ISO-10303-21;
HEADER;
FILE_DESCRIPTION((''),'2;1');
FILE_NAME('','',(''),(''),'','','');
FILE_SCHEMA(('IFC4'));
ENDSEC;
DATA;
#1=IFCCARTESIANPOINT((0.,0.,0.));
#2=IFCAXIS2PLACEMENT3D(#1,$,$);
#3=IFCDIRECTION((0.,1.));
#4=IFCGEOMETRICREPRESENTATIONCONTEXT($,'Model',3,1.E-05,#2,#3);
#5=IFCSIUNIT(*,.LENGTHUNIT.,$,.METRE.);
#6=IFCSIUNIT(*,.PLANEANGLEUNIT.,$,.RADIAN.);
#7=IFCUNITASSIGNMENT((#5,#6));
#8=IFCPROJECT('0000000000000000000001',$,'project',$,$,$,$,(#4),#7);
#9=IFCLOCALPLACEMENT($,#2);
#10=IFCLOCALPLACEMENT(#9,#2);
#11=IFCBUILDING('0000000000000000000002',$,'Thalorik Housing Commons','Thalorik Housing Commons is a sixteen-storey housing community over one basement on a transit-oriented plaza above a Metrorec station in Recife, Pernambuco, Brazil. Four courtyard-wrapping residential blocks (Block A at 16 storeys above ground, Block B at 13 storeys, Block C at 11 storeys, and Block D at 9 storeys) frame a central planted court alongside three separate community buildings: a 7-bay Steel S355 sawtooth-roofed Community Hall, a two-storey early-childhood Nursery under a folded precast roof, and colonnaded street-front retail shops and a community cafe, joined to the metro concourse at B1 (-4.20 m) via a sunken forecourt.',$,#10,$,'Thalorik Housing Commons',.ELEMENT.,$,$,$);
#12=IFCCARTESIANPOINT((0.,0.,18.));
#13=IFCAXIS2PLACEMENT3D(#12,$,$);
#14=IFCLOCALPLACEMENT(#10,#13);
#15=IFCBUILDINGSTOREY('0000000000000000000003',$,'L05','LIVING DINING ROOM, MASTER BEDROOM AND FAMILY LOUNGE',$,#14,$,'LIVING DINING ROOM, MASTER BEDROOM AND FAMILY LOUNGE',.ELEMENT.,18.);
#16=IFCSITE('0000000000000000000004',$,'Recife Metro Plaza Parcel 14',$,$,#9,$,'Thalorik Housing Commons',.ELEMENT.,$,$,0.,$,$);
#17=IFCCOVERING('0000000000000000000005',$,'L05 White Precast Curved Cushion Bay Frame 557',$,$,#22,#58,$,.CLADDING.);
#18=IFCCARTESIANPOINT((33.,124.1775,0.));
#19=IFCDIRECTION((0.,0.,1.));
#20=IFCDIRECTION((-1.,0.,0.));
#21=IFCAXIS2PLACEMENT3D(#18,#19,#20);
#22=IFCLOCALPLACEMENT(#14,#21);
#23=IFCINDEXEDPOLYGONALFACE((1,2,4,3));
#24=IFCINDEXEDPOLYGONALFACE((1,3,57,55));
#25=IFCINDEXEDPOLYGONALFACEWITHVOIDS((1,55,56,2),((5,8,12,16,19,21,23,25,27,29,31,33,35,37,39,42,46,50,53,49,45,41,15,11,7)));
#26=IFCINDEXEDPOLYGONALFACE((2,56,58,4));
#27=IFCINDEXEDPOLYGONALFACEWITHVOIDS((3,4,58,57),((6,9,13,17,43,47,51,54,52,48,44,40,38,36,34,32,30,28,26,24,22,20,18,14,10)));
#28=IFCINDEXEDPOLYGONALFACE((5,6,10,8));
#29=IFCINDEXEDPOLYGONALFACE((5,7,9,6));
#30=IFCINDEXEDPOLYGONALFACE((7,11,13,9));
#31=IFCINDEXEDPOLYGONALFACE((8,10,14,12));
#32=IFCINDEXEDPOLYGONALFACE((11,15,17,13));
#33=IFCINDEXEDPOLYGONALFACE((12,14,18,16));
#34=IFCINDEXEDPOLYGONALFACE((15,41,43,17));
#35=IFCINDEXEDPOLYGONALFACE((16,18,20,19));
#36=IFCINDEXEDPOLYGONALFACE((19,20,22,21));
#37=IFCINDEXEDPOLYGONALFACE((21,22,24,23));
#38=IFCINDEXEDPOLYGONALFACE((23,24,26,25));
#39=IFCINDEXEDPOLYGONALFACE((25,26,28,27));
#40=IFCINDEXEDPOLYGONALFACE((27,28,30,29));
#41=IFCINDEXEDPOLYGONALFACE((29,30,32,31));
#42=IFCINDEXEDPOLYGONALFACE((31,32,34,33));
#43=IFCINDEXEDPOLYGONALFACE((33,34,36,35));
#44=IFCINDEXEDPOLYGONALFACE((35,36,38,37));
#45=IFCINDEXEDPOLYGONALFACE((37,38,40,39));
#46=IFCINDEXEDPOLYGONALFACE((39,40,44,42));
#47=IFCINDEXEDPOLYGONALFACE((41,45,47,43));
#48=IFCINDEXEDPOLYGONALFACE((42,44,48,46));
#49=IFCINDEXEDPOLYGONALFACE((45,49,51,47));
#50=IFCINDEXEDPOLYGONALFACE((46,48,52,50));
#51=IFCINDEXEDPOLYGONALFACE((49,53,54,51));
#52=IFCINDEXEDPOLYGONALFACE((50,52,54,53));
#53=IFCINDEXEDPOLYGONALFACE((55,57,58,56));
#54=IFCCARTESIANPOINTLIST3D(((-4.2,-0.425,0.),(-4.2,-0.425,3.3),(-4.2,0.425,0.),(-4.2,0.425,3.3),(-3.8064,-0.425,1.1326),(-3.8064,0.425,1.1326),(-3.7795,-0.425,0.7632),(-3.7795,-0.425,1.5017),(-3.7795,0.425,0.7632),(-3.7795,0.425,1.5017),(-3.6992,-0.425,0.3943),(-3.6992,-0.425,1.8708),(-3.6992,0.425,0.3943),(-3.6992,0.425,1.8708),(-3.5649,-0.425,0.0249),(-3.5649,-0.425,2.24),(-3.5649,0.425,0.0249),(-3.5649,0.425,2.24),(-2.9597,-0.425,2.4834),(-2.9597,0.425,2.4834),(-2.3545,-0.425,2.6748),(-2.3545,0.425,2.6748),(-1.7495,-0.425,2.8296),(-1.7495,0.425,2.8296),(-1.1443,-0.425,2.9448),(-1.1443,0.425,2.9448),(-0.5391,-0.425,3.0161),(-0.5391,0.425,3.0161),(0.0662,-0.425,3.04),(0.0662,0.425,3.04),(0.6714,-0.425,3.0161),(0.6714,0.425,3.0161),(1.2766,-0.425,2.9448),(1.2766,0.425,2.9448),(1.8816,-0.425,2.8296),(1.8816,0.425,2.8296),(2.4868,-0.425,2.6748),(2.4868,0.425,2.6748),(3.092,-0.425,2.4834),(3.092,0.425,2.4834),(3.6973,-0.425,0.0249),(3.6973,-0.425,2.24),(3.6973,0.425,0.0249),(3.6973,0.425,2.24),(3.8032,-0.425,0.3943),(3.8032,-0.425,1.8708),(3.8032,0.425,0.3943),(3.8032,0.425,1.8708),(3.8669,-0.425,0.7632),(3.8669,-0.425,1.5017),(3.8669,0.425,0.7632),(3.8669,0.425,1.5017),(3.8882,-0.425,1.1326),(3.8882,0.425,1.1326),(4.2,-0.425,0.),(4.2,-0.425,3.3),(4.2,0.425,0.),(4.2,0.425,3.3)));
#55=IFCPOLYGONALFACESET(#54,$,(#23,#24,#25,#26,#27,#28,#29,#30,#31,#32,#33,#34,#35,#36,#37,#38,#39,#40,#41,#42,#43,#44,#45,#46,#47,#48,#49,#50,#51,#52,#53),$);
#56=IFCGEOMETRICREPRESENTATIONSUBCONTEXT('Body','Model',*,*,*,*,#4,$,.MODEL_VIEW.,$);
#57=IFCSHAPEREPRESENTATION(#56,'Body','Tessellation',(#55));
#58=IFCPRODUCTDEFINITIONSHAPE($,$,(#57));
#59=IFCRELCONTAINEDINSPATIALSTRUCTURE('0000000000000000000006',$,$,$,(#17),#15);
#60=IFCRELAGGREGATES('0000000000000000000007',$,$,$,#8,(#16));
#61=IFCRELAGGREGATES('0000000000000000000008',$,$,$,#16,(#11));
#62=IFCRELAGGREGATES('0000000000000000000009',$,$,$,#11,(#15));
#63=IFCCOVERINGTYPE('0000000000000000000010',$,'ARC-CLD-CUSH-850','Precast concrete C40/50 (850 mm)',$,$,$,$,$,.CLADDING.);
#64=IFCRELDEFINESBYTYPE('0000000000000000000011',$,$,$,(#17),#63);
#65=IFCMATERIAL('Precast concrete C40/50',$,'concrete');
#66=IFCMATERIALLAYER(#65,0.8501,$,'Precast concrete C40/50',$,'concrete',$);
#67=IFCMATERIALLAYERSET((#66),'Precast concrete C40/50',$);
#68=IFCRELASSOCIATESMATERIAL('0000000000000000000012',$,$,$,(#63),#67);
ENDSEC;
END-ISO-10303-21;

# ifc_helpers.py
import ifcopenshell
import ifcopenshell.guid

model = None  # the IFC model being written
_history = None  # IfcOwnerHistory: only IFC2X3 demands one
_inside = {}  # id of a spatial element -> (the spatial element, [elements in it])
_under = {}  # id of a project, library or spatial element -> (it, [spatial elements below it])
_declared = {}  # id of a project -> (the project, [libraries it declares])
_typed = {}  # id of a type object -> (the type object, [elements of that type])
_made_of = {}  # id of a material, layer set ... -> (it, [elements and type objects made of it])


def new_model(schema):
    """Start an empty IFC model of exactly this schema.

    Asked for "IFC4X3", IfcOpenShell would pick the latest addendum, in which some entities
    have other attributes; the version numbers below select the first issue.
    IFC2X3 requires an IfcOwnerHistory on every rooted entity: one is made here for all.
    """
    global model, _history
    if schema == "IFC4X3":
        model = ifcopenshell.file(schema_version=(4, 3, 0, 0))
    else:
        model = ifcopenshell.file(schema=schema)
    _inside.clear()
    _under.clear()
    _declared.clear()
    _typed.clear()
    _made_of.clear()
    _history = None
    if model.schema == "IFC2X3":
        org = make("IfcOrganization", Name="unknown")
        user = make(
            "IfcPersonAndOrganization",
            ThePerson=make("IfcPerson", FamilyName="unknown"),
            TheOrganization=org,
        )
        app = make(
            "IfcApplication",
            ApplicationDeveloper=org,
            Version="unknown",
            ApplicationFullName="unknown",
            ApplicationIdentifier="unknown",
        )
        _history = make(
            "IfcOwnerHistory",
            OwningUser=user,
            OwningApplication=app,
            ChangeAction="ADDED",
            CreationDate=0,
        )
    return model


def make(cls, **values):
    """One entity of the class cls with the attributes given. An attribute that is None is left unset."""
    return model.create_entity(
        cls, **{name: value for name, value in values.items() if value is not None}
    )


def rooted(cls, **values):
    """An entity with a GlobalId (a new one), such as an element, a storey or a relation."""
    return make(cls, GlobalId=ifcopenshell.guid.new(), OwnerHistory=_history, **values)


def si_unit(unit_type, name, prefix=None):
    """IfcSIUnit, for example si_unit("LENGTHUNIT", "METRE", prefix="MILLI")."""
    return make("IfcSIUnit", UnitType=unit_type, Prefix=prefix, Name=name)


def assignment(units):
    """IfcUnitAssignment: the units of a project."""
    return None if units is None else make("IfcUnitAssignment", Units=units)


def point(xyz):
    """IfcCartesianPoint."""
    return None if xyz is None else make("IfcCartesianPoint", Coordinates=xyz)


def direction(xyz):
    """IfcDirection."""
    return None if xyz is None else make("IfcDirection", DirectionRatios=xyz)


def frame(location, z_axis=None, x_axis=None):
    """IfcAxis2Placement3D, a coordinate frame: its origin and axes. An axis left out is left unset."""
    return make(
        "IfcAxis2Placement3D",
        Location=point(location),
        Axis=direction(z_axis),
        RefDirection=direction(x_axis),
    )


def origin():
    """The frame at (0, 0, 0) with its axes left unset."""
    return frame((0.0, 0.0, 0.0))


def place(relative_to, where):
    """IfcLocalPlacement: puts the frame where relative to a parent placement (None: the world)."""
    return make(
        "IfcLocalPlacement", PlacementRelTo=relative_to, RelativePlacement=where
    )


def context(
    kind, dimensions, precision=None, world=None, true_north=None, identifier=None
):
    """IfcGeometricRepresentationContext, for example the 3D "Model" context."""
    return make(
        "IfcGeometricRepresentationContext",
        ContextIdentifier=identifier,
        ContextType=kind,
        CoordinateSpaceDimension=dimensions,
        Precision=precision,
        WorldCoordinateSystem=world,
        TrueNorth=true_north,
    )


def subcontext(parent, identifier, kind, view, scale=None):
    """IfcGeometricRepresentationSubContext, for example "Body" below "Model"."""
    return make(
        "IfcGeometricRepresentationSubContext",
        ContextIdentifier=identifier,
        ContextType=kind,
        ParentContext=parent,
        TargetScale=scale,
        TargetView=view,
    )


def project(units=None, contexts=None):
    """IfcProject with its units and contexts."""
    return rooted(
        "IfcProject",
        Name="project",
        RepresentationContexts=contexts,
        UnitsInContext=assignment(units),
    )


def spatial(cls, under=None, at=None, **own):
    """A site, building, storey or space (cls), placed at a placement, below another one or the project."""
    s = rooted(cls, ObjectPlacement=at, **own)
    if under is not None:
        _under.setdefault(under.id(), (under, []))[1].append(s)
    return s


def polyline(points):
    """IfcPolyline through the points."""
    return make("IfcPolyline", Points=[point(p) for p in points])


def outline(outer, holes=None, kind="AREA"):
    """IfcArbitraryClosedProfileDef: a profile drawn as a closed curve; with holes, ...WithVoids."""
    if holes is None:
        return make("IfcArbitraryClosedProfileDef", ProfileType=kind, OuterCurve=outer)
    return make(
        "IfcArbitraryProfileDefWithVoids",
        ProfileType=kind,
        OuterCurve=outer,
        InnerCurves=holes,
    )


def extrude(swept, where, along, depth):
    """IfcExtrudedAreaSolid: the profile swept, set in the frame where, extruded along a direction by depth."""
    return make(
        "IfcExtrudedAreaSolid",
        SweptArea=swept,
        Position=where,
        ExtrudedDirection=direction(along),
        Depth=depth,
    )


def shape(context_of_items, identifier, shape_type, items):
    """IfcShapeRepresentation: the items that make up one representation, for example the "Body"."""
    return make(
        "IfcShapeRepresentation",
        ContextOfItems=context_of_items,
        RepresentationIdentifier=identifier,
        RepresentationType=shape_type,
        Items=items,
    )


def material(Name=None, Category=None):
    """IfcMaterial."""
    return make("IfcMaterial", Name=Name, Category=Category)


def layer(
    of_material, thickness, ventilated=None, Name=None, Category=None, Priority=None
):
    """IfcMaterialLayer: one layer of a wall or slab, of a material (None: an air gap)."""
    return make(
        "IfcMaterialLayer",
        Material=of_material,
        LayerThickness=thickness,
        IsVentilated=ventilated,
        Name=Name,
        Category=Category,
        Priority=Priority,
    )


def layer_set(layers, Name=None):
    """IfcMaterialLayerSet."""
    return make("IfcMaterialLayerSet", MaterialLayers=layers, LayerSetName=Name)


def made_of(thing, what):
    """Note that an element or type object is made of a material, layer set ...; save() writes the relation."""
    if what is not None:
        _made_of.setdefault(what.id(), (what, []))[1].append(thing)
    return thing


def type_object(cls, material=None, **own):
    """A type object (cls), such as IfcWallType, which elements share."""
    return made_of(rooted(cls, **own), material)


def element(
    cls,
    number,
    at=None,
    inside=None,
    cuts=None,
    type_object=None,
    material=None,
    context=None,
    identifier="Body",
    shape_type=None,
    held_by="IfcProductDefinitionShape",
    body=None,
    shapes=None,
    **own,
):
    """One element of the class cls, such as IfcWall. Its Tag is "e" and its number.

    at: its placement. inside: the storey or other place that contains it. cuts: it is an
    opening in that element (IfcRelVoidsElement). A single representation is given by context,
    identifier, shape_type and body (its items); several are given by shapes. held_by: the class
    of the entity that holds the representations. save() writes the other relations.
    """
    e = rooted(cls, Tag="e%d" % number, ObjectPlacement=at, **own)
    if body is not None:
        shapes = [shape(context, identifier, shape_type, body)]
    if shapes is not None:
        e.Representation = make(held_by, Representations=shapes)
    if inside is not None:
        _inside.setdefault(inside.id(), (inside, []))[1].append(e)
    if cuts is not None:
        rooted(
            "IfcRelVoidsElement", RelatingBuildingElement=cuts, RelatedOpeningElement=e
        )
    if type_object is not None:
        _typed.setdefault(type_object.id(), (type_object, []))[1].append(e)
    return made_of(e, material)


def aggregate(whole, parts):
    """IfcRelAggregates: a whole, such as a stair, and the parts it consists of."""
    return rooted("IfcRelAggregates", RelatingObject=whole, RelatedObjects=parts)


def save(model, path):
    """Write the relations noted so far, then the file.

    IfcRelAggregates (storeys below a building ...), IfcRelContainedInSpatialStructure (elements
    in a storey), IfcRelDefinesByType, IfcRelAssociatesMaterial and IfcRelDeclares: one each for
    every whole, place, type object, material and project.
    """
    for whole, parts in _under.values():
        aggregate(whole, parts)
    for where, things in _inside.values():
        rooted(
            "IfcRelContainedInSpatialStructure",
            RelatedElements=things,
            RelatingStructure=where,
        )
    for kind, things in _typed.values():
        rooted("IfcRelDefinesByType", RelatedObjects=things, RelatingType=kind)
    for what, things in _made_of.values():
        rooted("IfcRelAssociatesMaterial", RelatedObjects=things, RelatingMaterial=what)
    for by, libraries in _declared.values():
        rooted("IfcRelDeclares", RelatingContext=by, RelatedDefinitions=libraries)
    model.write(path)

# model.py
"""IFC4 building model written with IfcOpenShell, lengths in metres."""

from ifc_helpers import new_model, si_unit, direction, frame, origin, place, context, subcontext, project, spatial, polyline, outline, extrude, material, layer, layer_set, type_object, element, save


model = new_model("IFC4")

# Units and contexts
model_context = context("Model", 3, precision=1e-05, world=origin(), true_north=direction((0.0, 1.0)))
body_context = subcontext(model_context, "Body", "Model", "MODEL_VIEW")
ifc_project = project(units=[si_unit("LENGTHUNIT", "METRE"), si_unit("PLANEANGLEUNIT", "RADIAN")], contexts=[model_context])

# Site, building, storey
site_placement = place(None, origin())
site = spatial("IfcSite", under=ifc_project, at=site_placement, Name="Recife Metro Plaza Parcel 14", LongName="Thalorik Housing Commons", CompositionType="ELEMENT", RefElevation=0.0)
building_placement = place(site_placement, origin())
building = spatial("IfcBuilding", under=site, at=building_placement, Name="Thalorik Housing Commons", Description="Thalorik Housing Commons is a sixteen-storey housing community over one basement on a transit-oriented plaza above a Metrorec station in Recife, Pernambuco, Brazil. Four courtyard-wrapping residential blocks (Block A at 16 storeys above ground, Block B at 13 storeys, Block C at 11 storeys, and Block D at 9 storeys) frame a central planted court alongside three separate community buildings: a 7-bay Steel S355 sawtooth-roofed Community Hall, a two-storey early-childhood Nursery under a folded precast roof, and colonnaded street-front retail shops and a community cafe, joined to the metro concourse at B1 (-4.20 m) via a sunken forecourt.", LongName="Thalorik Housing Commons", CompositionType="ELEMENT")
storey_placement = place(building_placement, frame((0.0, 0.0, 18.0)))
storey = spatial("IfcBuildingStorey", under=building, at=storey_placement, Name="L05", Description="LIVING DINING ROOM, MASTER BEDROOM AND FAMILY LOUNGE", LongName="LIVING DINING ROOM, MASTER BEDROOM AND FAMILY LOUNGE", CompositionType="ELEMENT", Elevation=18.0)

# Shared definitions
ifc_material_1 = material(Name="Precast concrete C40/50", Category="concrete")

# Covering
ifc_layer_1 = layer(ifc_material_1, 0.8501, Name="Precast concrete C40/50", Category="concrete")
ifc_layer_set_1 = layer_set([ifc_layer_1], Name="Precast concrete C40/50")
covering_type_1 = type_object("IfcCoveringType", Name="ARC-CLD-CUSH-850", Description="Precast concrete C40/50 (850 mm)", PredefinedType="CLADDING", material=ifc_layer_set_1)
covering_1_placement = place(storey_placement, frame((33.0, 124.1775, 0.0), z_axis=(0.0, 0.0, 1.0), x_axis=(-1.0, 0.0, 0.0)))
element("IfcCovering", 1, at=covering_1_placement, inside=storey, type_object=covering_type_1, Name="L05 White Precast Curved Cushion Bay Frame 557", PredefinedType="CLADDING", context=body_context, shape_type="SweptSolid", body=[
    extrude(outline(polyline([(-4.2, 0.0), (4.2, 0.0), (4.2, 3.3), (-4.2, 3.3), (-4.2, 0.0)]), holes=[polyline([(3.6973, 0.0249), (3.8032, 0.3943), (3.8669, 0.7632), (3.8882, 1.1326), (3.8669, 1.5017), (3.8032, 1.8708), (3.6973, 2.24), (3.092, 2.4834), (2.4868, 2.6748), (1.8816, 2.8296), (1.2766, 2.9448), (0.6714, 3.0161), (0.0662, 3.04), (-0.5391, 3.0161), (-1.1443, 2.9448), (-1.7495, 2.8296), (-2.3545, 2.6748), (-2.9597, 2.4834), (-3.5649, 2.24), (-3.6992, 1.8708), (-3.7795, 1.5017), (-3.8064, 1.1326), (-3.7795, 0.7632), (-3.6992, 0.3943), (-3.5649, 0.0249), (3.6973, 0.0249)])]), frame((0.0, 0.425, 0.0), z_axis=(0.0, -1.0, 0.0), x_axis=(1.0, 0.0, 0.0)), (0.0, 0.0, 1.0), 0.8501),
])

save(model, "model.ifc")
